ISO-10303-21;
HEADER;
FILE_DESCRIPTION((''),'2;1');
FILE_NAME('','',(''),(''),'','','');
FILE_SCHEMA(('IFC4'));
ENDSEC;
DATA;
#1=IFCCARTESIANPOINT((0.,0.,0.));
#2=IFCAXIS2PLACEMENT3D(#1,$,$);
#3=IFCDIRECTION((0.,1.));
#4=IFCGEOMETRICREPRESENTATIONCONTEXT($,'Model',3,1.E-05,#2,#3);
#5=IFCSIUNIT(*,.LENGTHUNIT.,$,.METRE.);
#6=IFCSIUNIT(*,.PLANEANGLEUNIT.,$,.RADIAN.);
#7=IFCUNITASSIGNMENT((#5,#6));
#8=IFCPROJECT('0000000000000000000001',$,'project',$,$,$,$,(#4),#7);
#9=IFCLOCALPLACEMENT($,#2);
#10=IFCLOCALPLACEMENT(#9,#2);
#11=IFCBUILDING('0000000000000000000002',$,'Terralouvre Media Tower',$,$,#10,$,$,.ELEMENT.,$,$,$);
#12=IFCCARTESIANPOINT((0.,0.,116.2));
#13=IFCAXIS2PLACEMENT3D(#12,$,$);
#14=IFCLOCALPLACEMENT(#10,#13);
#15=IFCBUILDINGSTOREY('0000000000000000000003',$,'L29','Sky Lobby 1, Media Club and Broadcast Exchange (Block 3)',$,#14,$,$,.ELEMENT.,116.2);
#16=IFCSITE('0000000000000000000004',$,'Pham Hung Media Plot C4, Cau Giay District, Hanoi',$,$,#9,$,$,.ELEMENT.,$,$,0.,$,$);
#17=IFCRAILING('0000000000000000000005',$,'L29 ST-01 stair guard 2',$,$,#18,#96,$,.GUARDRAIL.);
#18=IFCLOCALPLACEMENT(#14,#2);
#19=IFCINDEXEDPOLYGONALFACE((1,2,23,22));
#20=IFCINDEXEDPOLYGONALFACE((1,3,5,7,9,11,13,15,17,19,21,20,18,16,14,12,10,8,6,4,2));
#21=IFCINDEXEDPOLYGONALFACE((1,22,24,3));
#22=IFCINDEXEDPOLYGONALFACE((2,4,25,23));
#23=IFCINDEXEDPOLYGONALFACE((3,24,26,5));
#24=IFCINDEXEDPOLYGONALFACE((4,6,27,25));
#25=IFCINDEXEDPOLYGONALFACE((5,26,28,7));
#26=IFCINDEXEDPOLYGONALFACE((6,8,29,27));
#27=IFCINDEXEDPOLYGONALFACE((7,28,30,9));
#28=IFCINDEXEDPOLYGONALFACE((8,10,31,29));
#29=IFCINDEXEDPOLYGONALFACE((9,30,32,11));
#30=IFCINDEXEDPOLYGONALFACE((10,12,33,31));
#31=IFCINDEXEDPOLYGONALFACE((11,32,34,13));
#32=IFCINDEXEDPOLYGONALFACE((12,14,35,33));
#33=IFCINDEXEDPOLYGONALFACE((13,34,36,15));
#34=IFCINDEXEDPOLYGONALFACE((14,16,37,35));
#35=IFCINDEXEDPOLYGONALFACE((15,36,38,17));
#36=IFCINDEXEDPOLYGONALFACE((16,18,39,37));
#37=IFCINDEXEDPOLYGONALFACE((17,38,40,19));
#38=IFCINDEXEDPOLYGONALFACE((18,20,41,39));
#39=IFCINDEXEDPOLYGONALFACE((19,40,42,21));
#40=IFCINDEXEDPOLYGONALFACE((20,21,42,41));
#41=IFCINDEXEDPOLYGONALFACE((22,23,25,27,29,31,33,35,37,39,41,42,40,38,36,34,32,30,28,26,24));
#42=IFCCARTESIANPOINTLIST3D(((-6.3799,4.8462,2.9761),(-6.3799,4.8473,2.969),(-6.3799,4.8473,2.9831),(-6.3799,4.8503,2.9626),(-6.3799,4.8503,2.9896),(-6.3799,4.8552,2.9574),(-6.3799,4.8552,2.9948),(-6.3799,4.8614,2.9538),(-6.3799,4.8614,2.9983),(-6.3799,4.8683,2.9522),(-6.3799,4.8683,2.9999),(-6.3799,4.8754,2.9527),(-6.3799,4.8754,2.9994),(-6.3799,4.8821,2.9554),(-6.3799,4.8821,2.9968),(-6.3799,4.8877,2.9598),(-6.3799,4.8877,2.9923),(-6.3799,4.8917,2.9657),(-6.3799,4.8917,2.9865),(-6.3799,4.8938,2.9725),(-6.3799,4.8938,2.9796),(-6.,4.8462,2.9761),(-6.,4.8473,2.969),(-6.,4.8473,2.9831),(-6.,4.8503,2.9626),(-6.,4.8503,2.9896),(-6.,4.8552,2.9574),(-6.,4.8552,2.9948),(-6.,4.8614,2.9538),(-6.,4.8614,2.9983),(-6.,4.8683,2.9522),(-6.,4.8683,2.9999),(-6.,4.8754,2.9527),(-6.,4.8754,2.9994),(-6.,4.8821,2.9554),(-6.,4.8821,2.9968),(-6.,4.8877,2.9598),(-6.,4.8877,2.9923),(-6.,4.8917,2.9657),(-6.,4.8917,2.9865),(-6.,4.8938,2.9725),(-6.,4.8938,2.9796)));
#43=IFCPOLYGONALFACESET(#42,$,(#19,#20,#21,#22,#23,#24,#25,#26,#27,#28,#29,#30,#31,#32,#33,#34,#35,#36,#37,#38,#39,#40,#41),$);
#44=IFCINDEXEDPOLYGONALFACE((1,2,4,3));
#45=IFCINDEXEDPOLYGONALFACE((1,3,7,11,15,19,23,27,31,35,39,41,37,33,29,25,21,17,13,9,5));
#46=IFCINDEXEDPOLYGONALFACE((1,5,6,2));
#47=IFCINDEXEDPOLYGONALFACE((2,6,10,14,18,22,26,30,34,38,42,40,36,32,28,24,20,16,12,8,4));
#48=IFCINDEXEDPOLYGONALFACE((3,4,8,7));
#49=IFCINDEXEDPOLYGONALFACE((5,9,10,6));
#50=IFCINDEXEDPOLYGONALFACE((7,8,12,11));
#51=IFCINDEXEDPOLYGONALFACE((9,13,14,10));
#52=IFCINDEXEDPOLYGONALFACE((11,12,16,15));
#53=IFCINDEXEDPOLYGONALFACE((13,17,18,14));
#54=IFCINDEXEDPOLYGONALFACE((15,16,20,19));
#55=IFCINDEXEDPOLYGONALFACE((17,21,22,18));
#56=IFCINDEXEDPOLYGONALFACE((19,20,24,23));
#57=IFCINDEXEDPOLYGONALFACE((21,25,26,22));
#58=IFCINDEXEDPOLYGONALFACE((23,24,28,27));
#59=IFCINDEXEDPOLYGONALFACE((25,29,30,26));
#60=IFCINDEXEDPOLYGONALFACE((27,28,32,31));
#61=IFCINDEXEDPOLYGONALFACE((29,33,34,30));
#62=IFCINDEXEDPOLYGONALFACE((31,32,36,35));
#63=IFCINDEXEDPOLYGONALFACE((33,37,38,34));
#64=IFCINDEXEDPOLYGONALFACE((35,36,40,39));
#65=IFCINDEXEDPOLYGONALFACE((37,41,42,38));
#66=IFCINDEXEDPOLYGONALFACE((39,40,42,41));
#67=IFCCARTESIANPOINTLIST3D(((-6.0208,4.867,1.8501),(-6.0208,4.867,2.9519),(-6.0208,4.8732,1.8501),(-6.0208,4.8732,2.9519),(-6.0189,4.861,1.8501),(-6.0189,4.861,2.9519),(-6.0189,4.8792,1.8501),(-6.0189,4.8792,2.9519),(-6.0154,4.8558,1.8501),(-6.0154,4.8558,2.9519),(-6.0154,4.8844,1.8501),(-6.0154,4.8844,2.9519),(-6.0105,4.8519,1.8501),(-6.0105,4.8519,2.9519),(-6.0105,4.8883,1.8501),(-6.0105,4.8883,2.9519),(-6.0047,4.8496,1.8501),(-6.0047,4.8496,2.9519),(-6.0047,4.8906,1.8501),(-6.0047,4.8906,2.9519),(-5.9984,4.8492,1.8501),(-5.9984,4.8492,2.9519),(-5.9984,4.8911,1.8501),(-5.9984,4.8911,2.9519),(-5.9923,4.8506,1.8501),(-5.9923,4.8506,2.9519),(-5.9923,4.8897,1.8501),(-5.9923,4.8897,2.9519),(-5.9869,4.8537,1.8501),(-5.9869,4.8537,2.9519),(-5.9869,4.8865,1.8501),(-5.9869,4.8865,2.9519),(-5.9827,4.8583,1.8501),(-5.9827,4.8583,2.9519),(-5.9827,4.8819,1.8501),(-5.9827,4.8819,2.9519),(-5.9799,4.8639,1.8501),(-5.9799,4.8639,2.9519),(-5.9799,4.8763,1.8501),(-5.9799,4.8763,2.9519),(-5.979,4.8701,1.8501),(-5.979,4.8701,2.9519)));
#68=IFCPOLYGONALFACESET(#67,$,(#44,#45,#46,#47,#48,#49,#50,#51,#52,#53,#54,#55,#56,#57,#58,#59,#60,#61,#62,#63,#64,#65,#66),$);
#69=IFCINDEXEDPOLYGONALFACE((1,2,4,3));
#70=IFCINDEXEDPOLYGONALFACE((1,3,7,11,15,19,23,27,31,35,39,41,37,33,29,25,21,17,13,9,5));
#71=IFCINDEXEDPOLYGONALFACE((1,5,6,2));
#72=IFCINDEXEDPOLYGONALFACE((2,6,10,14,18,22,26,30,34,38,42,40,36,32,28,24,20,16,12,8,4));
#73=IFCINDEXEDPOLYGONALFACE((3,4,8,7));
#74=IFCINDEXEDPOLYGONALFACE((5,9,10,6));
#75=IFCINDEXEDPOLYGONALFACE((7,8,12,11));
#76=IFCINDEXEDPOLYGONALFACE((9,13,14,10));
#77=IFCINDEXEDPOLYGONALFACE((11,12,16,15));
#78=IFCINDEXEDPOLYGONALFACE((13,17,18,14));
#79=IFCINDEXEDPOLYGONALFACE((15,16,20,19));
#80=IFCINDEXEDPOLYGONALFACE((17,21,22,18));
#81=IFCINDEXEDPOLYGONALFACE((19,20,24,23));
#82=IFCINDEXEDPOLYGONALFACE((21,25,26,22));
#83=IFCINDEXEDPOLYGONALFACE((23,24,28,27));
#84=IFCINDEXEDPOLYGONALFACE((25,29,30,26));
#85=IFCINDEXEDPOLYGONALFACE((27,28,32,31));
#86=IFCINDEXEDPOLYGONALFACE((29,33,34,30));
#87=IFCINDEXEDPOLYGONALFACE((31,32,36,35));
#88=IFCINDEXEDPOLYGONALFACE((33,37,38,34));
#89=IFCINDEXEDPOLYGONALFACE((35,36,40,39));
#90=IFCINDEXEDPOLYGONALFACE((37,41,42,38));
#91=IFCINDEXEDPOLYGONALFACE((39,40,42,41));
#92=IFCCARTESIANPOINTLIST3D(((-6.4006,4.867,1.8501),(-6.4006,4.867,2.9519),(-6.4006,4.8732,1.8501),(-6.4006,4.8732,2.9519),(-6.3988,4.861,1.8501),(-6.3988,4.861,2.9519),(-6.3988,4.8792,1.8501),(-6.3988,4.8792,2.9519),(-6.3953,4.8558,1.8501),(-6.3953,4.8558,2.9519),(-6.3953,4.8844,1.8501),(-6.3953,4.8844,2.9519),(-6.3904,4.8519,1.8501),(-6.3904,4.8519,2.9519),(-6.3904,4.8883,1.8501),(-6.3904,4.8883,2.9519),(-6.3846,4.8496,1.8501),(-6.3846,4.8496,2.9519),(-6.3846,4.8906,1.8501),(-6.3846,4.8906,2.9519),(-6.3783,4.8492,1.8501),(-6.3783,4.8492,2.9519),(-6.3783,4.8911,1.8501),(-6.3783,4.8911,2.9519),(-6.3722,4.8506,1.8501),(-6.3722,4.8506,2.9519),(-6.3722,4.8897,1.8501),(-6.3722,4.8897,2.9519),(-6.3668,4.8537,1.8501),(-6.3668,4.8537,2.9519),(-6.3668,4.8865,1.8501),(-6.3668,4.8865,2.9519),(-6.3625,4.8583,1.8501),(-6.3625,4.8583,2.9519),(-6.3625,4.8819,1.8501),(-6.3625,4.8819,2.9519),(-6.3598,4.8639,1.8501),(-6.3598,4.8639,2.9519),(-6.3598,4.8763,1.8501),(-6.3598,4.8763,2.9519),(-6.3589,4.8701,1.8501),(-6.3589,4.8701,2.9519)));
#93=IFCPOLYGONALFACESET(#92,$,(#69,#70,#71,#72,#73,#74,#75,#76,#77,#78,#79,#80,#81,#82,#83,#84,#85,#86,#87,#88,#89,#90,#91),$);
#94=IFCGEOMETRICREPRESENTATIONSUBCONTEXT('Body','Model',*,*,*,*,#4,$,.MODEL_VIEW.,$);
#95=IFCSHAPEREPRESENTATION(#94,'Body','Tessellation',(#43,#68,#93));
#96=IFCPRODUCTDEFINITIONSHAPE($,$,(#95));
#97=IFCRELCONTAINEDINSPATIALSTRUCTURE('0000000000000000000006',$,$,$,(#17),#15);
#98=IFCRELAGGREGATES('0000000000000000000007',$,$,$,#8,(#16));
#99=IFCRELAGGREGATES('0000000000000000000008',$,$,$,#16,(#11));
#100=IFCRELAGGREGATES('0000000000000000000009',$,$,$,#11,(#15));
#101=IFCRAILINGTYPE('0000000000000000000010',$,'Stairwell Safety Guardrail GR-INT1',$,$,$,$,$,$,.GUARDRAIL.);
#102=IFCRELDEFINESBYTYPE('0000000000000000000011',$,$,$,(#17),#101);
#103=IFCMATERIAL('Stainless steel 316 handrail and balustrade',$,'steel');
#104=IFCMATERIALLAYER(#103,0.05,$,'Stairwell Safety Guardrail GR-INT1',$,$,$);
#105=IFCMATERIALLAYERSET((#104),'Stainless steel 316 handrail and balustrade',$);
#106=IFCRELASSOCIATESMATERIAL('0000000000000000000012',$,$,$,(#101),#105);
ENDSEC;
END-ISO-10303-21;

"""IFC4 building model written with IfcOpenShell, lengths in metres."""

from ifc_helpers import new_model, si_unit, direction, frame, origin, origin_2d, place, context, subcontext, project, spatial, circle, extrude, material, layer, layer_set, type_object, element, save


model = new_model("IFC4")

# Units and contexts
model_context = context("Model", 3, precision=1e-05, world=origin(), true_north=direction((0.0, 1.0)))
body_context = subcontext(model_context, "Body", "Model", "MODEL_VIEW")
ifc_project = project(units=[si_unit("LENGTHUNIT", "METRE"), si_unit("PLANEANGLEUNIT", "RADIAN")], contexts=[model_context])

# Site, building, storey
site_placement = place(None, origin())
site = spatial("IfcSite", under=ifc_project, at=site_placement, Name="Pham Hung Media Plot C4, Cau Giay District, Hanoi", CompositionType="ELEMENT", RefElevation=0.0)
building_placement = place(site_placement, origin())
building = spatial("IfcBuilding", under=site, at=building_placement, Name="Terralouvre Media Tower", CompositionType="ELEMENT")
storey_placement = place(building_placement, frame((0.0, 0.0, 116.2)))
storey = spatial("IfcBuildingStorey", under=building, at=storey_placement, Name="L29", Description="Sky Lobby 1, Media Club and Broadcast Exchange (Block 3)", CompositionType="ELEMENT", Elevation=116.2)

# Railing
ifc_material_1 = material(Name="Stainless steel 316 handrail and balustrade", Category="steel")
ifc_layer_1 = layer(ifc_material_1, 0.05, Name="Stairwell Safety Guardrail GR-INT1")
ifc_layer_set_1 = layer_set([ifc_layer_1], Name="Stainless steel 316 handrail and balustrade")
railing_type_1 = type_object("IfcRailingType", Name="Stairwell Safety Guardrail GR-INT1", PredefinedType="GUARDRAIL", material=ifc_layer_set_1)
railing_1_placement = place(storey_placement, frame((-6.0, 4.8701, 1.8501)))
element("IfcRailing", 1, at=railing_1_placement, inside=storey, type_object=railing_type_1, Name="L29 ST-01 stair guard 2", PredefinedType="GUARDRAIL", context=body_context, shape_type="SweptSolid", body=[
    extrude(circle(Radius=0.0239, at=origin_2d()), frame((0.0, 0.0, 1.126), z_axis=(-1.0, 0.0, 0.0), x_axis=(0.0, -1.0, 0.0)), (0.0, 0.0, 1.0), 0.3799),
    extrude(circle(Radius=0.021, at=origin_2d()), origin(), (0.0, 0.0, 1.0), 1.1018),
    extrude(circle(Radius=0.021, at=origin_2d()), frame((-0.3799, 0.0, 0.0)), (0.0, 0.0, 1.0), 1.1018),
])

save(model, "model.ifc")
